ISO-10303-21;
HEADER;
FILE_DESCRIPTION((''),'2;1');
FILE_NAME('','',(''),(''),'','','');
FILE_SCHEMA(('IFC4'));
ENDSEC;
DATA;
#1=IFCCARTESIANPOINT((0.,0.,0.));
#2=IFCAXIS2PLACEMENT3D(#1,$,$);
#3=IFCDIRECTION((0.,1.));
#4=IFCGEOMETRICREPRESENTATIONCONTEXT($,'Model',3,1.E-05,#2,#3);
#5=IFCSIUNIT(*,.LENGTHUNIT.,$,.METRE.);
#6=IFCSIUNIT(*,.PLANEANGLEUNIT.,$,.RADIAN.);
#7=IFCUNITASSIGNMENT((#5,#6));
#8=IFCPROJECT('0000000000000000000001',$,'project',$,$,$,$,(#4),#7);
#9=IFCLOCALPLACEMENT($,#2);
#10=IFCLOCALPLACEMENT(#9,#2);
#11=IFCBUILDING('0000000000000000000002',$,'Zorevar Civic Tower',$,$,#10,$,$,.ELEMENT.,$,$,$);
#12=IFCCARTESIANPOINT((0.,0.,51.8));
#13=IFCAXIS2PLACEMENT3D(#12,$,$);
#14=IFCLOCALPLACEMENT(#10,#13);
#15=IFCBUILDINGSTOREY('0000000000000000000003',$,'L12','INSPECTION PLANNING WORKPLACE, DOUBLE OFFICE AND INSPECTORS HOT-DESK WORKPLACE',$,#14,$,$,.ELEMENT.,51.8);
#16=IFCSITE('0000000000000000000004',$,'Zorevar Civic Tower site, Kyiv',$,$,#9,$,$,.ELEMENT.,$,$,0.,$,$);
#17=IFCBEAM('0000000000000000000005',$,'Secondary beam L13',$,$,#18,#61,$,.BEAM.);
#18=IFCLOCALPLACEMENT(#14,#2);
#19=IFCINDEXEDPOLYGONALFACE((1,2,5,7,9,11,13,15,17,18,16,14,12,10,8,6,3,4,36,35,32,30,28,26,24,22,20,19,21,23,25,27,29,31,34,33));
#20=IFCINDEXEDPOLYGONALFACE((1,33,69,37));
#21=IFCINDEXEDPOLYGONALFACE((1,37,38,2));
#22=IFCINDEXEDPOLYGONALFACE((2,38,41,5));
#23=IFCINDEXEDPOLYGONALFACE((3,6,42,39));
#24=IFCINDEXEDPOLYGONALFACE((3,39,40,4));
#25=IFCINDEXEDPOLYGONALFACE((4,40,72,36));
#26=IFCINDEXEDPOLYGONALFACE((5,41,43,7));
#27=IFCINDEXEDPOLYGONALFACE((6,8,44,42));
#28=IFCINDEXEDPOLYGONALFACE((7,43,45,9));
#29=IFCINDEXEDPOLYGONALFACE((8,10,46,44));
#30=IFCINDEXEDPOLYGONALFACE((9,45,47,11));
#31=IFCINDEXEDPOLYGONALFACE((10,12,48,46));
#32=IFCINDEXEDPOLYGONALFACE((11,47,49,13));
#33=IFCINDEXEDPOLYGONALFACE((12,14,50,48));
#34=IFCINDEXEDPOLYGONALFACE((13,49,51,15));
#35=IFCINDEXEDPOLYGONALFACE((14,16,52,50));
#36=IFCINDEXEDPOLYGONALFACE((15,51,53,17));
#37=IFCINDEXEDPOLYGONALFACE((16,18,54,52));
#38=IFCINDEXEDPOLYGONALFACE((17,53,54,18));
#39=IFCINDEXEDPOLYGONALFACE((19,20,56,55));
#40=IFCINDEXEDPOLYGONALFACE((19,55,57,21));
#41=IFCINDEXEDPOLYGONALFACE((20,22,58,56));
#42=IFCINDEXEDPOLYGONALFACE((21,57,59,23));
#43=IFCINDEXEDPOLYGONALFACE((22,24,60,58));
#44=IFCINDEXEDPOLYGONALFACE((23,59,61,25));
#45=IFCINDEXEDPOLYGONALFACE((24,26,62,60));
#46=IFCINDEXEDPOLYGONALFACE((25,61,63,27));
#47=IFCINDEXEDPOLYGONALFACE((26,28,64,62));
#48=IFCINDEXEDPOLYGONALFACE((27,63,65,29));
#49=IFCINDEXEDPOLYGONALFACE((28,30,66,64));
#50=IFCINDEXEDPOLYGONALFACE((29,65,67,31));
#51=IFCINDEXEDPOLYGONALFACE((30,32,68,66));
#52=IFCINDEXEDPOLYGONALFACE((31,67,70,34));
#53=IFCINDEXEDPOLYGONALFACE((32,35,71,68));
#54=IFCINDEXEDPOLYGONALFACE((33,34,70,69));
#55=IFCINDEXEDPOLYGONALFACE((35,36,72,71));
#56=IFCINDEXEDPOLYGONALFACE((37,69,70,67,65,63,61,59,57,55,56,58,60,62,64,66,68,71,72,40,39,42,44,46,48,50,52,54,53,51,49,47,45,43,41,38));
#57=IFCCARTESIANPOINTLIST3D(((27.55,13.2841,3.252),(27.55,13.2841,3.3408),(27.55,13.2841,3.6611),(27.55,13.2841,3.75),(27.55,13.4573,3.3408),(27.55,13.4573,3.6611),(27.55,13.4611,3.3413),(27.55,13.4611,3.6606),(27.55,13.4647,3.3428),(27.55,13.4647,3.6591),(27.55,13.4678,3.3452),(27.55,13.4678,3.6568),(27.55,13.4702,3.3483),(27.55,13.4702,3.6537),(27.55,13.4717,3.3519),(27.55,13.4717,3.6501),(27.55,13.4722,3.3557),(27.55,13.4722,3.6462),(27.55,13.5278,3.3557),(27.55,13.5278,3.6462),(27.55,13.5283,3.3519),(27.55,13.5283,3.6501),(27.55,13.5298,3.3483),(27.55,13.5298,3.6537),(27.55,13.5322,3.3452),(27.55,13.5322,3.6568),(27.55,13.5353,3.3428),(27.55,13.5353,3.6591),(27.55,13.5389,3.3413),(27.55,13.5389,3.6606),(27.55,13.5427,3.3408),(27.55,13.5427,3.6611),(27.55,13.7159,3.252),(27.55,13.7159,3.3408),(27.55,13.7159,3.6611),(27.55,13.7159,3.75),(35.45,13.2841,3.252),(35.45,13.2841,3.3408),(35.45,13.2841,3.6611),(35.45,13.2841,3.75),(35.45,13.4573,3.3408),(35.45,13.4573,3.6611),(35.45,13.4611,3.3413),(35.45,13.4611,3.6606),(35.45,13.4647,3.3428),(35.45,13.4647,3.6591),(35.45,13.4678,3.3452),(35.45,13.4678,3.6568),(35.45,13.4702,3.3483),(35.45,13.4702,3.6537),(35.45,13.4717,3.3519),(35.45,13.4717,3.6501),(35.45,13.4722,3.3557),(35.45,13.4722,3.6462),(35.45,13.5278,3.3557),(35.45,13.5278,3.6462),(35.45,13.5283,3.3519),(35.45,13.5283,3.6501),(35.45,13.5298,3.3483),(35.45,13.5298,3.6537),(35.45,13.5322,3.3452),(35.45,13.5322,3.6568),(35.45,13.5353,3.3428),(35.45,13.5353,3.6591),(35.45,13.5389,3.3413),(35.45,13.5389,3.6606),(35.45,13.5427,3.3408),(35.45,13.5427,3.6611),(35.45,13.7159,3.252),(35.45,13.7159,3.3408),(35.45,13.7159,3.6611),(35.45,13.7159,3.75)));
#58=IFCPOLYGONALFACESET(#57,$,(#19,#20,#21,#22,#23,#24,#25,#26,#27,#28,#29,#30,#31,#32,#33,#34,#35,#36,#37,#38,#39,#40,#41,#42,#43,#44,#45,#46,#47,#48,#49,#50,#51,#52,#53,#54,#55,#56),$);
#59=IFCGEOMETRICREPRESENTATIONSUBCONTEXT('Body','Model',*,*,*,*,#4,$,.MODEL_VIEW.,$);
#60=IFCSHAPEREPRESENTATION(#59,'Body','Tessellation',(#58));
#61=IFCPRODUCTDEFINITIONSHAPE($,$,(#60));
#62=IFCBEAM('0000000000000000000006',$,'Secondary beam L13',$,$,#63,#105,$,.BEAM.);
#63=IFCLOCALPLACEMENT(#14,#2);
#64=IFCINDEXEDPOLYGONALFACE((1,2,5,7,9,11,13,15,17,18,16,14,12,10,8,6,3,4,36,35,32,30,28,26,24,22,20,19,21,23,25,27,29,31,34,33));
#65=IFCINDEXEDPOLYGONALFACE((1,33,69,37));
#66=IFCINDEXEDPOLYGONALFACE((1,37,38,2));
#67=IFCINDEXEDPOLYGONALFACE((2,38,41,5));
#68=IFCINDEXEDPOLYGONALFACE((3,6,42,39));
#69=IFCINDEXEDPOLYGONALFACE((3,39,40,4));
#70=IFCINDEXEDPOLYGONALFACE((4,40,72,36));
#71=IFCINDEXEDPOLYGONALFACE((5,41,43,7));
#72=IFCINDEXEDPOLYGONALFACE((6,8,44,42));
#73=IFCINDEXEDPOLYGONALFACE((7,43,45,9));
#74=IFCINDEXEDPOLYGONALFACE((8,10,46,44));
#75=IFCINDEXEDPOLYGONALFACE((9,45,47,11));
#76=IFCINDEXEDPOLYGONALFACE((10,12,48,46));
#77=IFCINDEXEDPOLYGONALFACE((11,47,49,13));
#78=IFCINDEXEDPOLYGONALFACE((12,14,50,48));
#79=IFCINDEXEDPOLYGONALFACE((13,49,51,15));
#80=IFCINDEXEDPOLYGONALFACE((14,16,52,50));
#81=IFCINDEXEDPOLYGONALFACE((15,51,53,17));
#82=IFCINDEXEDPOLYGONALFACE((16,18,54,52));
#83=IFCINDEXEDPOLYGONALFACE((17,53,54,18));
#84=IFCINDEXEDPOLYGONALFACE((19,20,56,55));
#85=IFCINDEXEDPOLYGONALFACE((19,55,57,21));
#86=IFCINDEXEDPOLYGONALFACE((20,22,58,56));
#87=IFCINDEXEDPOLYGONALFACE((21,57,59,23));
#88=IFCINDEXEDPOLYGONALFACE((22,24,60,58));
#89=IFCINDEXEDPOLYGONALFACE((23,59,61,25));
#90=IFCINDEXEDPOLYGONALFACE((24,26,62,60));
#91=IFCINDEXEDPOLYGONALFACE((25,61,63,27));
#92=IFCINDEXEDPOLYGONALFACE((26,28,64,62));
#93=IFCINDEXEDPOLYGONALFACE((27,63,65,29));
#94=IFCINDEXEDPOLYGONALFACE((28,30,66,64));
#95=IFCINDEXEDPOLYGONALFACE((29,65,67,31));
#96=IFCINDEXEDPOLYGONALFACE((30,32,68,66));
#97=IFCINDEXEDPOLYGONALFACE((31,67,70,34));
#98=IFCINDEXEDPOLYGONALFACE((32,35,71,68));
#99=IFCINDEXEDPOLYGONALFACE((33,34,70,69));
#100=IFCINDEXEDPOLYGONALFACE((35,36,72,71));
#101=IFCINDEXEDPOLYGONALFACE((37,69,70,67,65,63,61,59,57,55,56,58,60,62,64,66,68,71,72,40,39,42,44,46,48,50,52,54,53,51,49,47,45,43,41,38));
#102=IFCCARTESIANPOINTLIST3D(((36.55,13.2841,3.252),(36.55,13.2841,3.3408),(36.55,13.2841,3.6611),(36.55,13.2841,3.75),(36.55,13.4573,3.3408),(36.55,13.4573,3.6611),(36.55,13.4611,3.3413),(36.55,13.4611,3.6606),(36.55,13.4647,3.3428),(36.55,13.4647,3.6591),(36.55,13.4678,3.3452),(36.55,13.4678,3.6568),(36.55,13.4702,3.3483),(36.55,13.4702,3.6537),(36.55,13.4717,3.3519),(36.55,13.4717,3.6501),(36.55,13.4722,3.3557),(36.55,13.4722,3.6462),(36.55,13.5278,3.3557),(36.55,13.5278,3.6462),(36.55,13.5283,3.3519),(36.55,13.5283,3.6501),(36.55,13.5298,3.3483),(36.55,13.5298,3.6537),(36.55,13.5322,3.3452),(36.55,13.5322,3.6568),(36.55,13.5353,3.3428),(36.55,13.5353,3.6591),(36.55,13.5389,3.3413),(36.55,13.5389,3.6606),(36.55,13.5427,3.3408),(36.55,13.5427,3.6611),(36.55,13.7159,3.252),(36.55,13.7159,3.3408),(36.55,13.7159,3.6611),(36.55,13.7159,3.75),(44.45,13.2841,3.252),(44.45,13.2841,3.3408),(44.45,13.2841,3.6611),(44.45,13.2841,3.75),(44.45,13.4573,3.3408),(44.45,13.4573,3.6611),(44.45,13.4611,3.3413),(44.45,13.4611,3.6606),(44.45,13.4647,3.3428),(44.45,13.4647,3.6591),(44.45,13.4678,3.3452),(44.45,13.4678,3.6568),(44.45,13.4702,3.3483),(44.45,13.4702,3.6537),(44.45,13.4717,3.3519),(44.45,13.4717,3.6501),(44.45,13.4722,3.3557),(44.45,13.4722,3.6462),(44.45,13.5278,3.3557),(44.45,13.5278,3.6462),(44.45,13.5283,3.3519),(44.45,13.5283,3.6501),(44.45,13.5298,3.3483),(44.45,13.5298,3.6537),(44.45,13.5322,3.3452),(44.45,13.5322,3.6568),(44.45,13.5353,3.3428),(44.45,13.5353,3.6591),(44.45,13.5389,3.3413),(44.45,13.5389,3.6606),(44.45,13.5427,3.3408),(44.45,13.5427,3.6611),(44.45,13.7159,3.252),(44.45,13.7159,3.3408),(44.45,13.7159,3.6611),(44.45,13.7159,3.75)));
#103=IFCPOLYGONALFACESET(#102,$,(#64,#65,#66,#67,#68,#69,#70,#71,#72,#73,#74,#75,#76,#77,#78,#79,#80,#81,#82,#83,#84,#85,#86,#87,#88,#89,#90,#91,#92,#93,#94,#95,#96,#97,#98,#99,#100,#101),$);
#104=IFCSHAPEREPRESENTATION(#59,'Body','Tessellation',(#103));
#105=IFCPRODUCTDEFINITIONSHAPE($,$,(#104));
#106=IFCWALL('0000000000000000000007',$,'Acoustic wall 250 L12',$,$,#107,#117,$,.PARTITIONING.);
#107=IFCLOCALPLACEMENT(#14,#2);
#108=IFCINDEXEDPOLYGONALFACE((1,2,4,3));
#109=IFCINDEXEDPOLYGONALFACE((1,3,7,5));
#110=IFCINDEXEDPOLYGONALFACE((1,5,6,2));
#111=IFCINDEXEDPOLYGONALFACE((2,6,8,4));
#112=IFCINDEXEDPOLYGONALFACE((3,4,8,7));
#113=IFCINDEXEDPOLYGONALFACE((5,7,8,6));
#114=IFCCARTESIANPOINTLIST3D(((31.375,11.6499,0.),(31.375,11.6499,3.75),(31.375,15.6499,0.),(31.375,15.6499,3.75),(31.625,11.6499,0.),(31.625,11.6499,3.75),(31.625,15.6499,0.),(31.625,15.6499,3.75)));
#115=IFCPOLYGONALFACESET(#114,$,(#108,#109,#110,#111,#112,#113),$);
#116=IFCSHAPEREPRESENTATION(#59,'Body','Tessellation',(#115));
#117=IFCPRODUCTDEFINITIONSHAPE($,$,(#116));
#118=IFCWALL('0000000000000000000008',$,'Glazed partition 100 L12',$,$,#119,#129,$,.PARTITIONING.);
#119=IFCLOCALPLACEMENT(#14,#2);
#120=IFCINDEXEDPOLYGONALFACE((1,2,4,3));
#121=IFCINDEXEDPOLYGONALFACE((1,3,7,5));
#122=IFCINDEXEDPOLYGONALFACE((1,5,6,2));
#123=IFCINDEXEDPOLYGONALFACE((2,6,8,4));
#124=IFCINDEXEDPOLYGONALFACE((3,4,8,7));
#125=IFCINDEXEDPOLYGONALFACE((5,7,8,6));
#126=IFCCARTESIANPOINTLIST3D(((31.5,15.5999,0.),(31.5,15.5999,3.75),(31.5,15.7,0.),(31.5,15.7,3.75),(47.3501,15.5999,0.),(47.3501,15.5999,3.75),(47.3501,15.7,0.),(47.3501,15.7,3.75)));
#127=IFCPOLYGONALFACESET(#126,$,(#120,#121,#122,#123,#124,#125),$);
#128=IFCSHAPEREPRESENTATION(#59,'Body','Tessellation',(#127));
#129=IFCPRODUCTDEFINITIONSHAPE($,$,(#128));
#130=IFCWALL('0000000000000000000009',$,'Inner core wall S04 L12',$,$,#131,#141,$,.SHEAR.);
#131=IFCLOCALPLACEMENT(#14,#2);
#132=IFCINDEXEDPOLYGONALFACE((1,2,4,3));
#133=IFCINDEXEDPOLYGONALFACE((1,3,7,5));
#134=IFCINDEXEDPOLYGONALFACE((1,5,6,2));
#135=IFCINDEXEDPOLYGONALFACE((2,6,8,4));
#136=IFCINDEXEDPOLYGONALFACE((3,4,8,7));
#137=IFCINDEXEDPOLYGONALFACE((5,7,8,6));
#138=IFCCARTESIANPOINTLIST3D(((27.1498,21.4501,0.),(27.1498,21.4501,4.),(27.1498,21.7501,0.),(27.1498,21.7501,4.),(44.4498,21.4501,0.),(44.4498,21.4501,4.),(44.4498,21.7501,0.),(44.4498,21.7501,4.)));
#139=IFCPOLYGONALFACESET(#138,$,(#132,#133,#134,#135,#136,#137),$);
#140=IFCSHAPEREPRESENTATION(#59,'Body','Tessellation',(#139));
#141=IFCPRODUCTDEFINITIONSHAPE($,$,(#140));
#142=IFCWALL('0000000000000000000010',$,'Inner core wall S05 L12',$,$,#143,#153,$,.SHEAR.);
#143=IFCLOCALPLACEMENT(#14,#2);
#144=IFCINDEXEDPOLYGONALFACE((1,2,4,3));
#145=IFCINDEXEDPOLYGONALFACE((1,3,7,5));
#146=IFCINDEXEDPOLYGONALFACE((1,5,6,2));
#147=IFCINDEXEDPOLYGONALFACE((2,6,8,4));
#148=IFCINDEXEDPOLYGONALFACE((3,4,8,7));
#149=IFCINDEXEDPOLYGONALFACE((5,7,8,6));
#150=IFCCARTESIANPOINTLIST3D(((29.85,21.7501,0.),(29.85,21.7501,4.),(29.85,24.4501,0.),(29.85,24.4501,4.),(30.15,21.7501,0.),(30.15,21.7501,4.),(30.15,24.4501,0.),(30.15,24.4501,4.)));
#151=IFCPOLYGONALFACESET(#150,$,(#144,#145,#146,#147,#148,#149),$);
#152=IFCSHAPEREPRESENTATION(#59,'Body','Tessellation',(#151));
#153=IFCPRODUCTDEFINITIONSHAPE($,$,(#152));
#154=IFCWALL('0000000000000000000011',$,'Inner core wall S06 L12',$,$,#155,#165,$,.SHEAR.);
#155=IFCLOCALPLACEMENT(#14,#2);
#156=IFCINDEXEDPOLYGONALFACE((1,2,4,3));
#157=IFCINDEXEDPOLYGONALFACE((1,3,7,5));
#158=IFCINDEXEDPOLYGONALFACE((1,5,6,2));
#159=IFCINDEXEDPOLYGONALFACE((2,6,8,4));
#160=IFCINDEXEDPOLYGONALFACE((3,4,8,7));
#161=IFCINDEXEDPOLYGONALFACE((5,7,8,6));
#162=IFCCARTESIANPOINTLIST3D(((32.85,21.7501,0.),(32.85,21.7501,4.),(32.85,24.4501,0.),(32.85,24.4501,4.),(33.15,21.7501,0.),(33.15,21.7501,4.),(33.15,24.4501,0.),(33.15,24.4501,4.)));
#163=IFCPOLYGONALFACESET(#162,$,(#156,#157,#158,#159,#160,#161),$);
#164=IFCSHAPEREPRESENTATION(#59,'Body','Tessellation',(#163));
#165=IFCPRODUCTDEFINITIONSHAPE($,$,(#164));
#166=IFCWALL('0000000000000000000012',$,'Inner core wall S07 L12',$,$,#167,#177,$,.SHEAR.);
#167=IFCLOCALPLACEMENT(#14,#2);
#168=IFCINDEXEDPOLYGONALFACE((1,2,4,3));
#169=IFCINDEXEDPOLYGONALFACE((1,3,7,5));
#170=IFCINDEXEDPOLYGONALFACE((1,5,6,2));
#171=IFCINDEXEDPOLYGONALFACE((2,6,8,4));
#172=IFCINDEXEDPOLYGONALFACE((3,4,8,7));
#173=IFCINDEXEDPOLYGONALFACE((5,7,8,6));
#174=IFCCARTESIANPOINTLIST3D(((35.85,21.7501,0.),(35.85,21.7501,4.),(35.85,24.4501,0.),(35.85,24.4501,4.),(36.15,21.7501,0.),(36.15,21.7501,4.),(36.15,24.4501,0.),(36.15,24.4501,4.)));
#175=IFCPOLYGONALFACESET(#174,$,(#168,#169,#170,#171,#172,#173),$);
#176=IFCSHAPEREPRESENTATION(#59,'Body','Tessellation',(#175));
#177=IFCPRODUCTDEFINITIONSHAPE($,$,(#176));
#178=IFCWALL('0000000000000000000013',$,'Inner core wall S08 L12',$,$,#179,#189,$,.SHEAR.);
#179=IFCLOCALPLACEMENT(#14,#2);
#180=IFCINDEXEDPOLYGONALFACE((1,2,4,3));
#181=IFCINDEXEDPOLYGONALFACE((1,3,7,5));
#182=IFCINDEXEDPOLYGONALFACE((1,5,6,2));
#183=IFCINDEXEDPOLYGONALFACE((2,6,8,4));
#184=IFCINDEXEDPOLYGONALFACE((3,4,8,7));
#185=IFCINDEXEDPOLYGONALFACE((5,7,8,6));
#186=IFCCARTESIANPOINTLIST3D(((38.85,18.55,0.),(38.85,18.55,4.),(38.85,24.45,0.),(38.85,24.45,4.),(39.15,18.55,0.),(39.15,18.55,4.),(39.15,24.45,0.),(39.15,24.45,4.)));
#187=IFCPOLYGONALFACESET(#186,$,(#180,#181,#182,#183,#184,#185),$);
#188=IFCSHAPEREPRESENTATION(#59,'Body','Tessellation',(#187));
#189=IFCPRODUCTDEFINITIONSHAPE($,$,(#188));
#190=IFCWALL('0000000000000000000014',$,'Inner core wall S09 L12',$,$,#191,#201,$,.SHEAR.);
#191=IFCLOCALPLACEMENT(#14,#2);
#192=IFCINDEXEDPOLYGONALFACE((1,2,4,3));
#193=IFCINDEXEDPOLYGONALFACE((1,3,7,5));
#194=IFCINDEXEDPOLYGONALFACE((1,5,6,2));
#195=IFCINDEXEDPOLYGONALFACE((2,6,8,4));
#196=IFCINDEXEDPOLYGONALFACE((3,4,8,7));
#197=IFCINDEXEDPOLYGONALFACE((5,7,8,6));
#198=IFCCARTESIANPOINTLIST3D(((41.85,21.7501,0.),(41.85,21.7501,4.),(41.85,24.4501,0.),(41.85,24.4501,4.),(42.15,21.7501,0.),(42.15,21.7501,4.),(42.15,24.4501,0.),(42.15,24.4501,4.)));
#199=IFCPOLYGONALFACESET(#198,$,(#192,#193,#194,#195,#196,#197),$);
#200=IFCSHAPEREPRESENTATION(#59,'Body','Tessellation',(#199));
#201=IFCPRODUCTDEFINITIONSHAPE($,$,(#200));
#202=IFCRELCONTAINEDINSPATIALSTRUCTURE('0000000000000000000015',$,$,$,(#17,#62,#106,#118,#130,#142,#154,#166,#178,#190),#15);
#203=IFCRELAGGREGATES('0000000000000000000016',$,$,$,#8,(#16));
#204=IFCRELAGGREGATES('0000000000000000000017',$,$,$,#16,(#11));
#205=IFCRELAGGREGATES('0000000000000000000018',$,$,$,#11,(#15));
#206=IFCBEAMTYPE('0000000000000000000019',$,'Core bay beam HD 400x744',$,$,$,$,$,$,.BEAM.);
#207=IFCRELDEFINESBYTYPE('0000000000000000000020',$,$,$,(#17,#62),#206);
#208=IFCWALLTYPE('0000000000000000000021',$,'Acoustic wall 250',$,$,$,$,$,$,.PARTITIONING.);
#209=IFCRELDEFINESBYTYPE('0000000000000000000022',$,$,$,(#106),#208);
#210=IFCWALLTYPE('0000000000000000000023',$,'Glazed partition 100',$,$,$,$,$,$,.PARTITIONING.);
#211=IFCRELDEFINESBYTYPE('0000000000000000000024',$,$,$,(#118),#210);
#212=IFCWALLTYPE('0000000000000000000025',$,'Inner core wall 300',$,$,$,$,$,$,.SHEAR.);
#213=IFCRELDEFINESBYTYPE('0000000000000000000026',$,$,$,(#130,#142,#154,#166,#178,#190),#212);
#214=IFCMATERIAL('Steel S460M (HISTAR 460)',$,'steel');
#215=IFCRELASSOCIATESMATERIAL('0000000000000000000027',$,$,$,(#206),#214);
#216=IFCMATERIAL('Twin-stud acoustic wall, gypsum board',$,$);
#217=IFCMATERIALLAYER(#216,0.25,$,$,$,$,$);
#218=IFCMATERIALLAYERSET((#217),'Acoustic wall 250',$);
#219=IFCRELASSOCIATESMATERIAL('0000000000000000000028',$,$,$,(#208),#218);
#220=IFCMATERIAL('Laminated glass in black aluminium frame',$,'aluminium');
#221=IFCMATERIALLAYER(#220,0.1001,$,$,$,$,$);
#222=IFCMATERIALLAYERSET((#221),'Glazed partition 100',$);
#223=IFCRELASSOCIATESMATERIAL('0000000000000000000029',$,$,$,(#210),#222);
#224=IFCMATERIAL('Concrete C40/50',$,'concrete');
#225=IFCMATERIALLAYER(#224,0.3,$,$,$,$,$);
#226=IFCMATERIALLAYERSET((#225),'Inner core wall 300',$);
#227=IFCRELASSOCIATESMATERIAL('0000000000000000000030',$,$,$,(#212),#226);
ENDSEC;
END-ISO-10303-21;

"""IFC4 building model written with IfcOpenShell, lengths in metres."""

from ifc_helpers import new_model, si_unit, direction, frame, frame_2d, origin, origin_2d, place, context, subcontext, project, spatial, rectangle, i_section, extrude, material, layer, layer_set, material_profile, profile_set, type_object, element, save


model = new_model("IFC4")

# Units and contexts
model_context = context("Model", 3, precision=1e-05, world=origin(), true_north=direction((0.0, 1.0)))
body_context = subcontext(model_context, "Body", "Model", "MODEL_VIEW")
ifc_project = project(units=[si_unit("LENGTHUNIT", "METRE"), si_unit("PLANEANGLEUNIT", "RADIAN")], contexts=[model_context])

# Site, building, storey
site_placement = place(None, origin())
site = spatial("IfcSite", under=ifc_project, at=site_placement, Name="Zorevar Civic Tower site, Kyiv", CompositionType="ELEMENT", RefElevation=0.0)
building_placement = place(site_placement, origin())
building = spatial("IfcBuilding", under=site, at=building_placement, Name="Zorevar Civic Tower", CompositionType="ELEMENT")
storey_placement = place(building_placement, frame((0.0, 0.0, 51.8)))
storey = spatial("IfcBuildingStorey", under=building, at=storey_placement, Name="L12", Description="INSPECTION PLANNING WORKPLACE, DOUBLE OFFICE AND INSPECTORS HOT-DESK WORKPLACE", CompositionType="ELEMENT", Elevation=51.8)

# Beams
ifc_material_1 = material(Name="Steel S460M (HISTAR 460)", Category="steel")
ifc_material_profile_1 = material_profile(ifc_material_1, i_section(OverallWidth=0.4319, OverallDepth=0.498, WebThickness=0.0557, FlangeThickness=0.0889, FilletRadius=0.0149, at=origin_2d()), Name="HD 400x744")
ifc_profile_set_1 = profile_set([ifc_material_profile_1], Name="Steel S460M (HISTAR 460)")
beam_type_1 = type_object("IfcBeamType", Name="Core bay beam HD 400x744", PredefinedType="BEAM", material=ifc_profile_set_1)
for number, where, z_axis, x_axis, name in (
    (1, (27.55, 13.5, 3.501), (1.0, 0.0, 0.0), (0.0, 1.0, 0.0), "Secondary beam L13"),
    (2, (36.55, 13.5, 3.501), (1.0, 0.0, 0.0), (0.0, 1.0, 0.0), "Secondary beam L13"),
):
    element("IfcBeam", number, at=place(storey_placement, frame(where, z_axis=z_axis, x_axis=x_axis)), inside=storey, type_object=beam_type_1, Name=name, PredefinedType="BEAM", context=body_context, shape_type="SweptSolid", body=[
        extrude(i_section(OverallWidth=0.4319, OverallDepth=0.498, WebThickness=0.0557, FlangeThickness=0.0889, FilletRadius=0.0149, at=origin_2d()), origin(), (0.0, 0.0, 1.0), 7.8999),
    ])

# Wall
ifc_material_2 = material(Name="Twin-stud acoustic wall, gypsum board")
ifc_layer_1 = layer(ifc_material_2, 0.25)
ifc_layer_set_1 = layer_set([ifc_layer_1], Name="Acoustic wall 250")
wall_type_1 = type_object("IfcWallType", Name="Acoustic wall 250", PredefinedType="PARTITIONING", material=ifc_layer_set_1)
wall_1_placement = place(storey_placement, frame((31.5, 11.6499, 0.0), z_axis=(0.0, 0.0, 1.0), x_axis=(0.0, 1.0, 0.0)))
element("IfcWall", 3, at=wall_1_placement, inside=storey, type_object=wall_type_1, Name="Acoustic wall 250 L12", PredefinedType="PARTITIONING", context=body_context, shape_type="SweptSolid", body=[
    extrude(rectangle(XDim=4.0, YDim=0.25, at=frame_2d((2.0, 0.0))), origin(), (0.0, 0.0, 1.0), 3.75),
])

# Walls
ifc_material_3 = material(Name="Laminated glass in black aluminium frame", Category="aluminium")
ifc_layer_2 = layer(ifc_material_3, 0.1001)
ifc_layer_set_2 = layer_set([ifc_layer_2], Name="Glazed partition 100")
wall_type_2 = type_object("IfcWallType", Name="Glazed partition 100", PredefinedType="PARTITIONING", material=ifc_layer_set_2)
wall_2_placement = place(storey_placement, frame((31.5, 15.6499, 0.0), z_axis=(0.0, 0.0, 1.0), x_axis=(1.0, 0.0, 0.0)))
element("IfcWall", 4, at=wall_2_placement, inside=storey, type_object=wall_type_2, Name="Glazed partition 100 L12", PredefinedType="PARTITIONING", context=body_context, shape_type="SweptSolid", body=[
    extrude(rectangle(XDim=15.8501, YDim=0.1001, at=frame_2d((7.925, 0.0))), origin(), (0.0, 0.0, 1.0), 3.75),
])
ifc_material_4 = material(Name="Concrete C40/50", Category="concrete")
ifc_layer_3 = layer(ifc_material_4, 0.3)
ifc_layer_set_3 = layer_set([ifc_layer_3], Name="Inner core wall 300")
wall_type_3 = type_object("IfcWallType", Name="Inner core wall 300", PredefinedType="SHEAR", material=ifc_layer_set_3)
wall_3_placement = place(storey_placement, frame((27.1499, 21.6001, 0.0), z_axis=(0.0, 0.0, 1.0), x_axis=(1.0, 0.0, 0.0)))
element("IfcWall", 5, at=wall_3_placement, inside=storey, type_object=wall_type_3, Name="Inner core wall S04 L12", PredefinedType="SHEAR", context=body_context, shape_type="SweptSolid", body=[
    extrude(rectangle(XDim=17.3, YDim=0.3, at=frame_2d((8.6499, 0.0))), origin(), (0.0, 0.0, 1.0), 4.0),
])
for number, where, z_axis, x_axis, name in (
    (6, (30.0, 21.75, 0.0), (0.0, 0.0, 1.0), (0.0, 1.0, 0.0), "Inner core wall S05 L12"),
    (7, (33.0, 21.75, 0.0), (0.0, 0.0, 1.0), (0.0, 1.0, 0.0), "Inner core wall S06 L12"),
    (8, (36.0, 21.75, 0.0), (0.0, 0.0, 1.0), (0.0, 1.0, 0.0), "Inner core wall S07 L12"),
):
    element("IfcWall", number, at=place(storey_placement, frame(where, z_axis=z_axis, x_axis=x_axis)), inside=storey, type_object=wall_type_3, Name=name, PredefinedType="SHEAR", context=body_context, shape_type="SweptSolid", body=[
        extrude(rectangle(XDim=2.7, YDim=0.3, at=frame_2d((1.3501, 0.0))), origin(), (0.0, 0.0, 1.0), 4.0),
    ])
wall_4_placement = place(storey_placement, frame((39.0, 18.55, 0.0), z_axis=(0.0, 0.0, 1.0), x_axis=(0.0, 1.0, 0.0)))
element("IfcWall", 9, at=wall_4_placement, inside=storey, type_object=wall_type_3, Name="Inner core wall S08 L12", PredefinedType="SHEAR", context=body_context, shape_type="SweptSolid", body=[
    extrude(rectangle(XDim=5.8999, YDim=0.3, at=frame_2d((2.95, 0.0))), origin(), (0.0, 0.0, 1.0), 4.0),
])
wall_5_placement = place(storey_placement, frame((42.0, 21.75, 0.0), z_axis=(0.0, 0.0, 1.0), x_axis=(0.0, 1.0, 0.0)))
element("IfcWall", 10, at=wall_5_placement, inside=storey, type_object=wall_type_3, Name="Inner core wall S09 L12", PredefinedType="SHEAR", context=body_context, shape_type="SweptSolid", body=[
    extrude(rectangle(XDim=2.7, YDim=0.3, at=frame_2d((1.3501, 0.0))), origin(), (0.0, 0.0, 1.0), 4.0),
])

save(model, "model.ifc")
